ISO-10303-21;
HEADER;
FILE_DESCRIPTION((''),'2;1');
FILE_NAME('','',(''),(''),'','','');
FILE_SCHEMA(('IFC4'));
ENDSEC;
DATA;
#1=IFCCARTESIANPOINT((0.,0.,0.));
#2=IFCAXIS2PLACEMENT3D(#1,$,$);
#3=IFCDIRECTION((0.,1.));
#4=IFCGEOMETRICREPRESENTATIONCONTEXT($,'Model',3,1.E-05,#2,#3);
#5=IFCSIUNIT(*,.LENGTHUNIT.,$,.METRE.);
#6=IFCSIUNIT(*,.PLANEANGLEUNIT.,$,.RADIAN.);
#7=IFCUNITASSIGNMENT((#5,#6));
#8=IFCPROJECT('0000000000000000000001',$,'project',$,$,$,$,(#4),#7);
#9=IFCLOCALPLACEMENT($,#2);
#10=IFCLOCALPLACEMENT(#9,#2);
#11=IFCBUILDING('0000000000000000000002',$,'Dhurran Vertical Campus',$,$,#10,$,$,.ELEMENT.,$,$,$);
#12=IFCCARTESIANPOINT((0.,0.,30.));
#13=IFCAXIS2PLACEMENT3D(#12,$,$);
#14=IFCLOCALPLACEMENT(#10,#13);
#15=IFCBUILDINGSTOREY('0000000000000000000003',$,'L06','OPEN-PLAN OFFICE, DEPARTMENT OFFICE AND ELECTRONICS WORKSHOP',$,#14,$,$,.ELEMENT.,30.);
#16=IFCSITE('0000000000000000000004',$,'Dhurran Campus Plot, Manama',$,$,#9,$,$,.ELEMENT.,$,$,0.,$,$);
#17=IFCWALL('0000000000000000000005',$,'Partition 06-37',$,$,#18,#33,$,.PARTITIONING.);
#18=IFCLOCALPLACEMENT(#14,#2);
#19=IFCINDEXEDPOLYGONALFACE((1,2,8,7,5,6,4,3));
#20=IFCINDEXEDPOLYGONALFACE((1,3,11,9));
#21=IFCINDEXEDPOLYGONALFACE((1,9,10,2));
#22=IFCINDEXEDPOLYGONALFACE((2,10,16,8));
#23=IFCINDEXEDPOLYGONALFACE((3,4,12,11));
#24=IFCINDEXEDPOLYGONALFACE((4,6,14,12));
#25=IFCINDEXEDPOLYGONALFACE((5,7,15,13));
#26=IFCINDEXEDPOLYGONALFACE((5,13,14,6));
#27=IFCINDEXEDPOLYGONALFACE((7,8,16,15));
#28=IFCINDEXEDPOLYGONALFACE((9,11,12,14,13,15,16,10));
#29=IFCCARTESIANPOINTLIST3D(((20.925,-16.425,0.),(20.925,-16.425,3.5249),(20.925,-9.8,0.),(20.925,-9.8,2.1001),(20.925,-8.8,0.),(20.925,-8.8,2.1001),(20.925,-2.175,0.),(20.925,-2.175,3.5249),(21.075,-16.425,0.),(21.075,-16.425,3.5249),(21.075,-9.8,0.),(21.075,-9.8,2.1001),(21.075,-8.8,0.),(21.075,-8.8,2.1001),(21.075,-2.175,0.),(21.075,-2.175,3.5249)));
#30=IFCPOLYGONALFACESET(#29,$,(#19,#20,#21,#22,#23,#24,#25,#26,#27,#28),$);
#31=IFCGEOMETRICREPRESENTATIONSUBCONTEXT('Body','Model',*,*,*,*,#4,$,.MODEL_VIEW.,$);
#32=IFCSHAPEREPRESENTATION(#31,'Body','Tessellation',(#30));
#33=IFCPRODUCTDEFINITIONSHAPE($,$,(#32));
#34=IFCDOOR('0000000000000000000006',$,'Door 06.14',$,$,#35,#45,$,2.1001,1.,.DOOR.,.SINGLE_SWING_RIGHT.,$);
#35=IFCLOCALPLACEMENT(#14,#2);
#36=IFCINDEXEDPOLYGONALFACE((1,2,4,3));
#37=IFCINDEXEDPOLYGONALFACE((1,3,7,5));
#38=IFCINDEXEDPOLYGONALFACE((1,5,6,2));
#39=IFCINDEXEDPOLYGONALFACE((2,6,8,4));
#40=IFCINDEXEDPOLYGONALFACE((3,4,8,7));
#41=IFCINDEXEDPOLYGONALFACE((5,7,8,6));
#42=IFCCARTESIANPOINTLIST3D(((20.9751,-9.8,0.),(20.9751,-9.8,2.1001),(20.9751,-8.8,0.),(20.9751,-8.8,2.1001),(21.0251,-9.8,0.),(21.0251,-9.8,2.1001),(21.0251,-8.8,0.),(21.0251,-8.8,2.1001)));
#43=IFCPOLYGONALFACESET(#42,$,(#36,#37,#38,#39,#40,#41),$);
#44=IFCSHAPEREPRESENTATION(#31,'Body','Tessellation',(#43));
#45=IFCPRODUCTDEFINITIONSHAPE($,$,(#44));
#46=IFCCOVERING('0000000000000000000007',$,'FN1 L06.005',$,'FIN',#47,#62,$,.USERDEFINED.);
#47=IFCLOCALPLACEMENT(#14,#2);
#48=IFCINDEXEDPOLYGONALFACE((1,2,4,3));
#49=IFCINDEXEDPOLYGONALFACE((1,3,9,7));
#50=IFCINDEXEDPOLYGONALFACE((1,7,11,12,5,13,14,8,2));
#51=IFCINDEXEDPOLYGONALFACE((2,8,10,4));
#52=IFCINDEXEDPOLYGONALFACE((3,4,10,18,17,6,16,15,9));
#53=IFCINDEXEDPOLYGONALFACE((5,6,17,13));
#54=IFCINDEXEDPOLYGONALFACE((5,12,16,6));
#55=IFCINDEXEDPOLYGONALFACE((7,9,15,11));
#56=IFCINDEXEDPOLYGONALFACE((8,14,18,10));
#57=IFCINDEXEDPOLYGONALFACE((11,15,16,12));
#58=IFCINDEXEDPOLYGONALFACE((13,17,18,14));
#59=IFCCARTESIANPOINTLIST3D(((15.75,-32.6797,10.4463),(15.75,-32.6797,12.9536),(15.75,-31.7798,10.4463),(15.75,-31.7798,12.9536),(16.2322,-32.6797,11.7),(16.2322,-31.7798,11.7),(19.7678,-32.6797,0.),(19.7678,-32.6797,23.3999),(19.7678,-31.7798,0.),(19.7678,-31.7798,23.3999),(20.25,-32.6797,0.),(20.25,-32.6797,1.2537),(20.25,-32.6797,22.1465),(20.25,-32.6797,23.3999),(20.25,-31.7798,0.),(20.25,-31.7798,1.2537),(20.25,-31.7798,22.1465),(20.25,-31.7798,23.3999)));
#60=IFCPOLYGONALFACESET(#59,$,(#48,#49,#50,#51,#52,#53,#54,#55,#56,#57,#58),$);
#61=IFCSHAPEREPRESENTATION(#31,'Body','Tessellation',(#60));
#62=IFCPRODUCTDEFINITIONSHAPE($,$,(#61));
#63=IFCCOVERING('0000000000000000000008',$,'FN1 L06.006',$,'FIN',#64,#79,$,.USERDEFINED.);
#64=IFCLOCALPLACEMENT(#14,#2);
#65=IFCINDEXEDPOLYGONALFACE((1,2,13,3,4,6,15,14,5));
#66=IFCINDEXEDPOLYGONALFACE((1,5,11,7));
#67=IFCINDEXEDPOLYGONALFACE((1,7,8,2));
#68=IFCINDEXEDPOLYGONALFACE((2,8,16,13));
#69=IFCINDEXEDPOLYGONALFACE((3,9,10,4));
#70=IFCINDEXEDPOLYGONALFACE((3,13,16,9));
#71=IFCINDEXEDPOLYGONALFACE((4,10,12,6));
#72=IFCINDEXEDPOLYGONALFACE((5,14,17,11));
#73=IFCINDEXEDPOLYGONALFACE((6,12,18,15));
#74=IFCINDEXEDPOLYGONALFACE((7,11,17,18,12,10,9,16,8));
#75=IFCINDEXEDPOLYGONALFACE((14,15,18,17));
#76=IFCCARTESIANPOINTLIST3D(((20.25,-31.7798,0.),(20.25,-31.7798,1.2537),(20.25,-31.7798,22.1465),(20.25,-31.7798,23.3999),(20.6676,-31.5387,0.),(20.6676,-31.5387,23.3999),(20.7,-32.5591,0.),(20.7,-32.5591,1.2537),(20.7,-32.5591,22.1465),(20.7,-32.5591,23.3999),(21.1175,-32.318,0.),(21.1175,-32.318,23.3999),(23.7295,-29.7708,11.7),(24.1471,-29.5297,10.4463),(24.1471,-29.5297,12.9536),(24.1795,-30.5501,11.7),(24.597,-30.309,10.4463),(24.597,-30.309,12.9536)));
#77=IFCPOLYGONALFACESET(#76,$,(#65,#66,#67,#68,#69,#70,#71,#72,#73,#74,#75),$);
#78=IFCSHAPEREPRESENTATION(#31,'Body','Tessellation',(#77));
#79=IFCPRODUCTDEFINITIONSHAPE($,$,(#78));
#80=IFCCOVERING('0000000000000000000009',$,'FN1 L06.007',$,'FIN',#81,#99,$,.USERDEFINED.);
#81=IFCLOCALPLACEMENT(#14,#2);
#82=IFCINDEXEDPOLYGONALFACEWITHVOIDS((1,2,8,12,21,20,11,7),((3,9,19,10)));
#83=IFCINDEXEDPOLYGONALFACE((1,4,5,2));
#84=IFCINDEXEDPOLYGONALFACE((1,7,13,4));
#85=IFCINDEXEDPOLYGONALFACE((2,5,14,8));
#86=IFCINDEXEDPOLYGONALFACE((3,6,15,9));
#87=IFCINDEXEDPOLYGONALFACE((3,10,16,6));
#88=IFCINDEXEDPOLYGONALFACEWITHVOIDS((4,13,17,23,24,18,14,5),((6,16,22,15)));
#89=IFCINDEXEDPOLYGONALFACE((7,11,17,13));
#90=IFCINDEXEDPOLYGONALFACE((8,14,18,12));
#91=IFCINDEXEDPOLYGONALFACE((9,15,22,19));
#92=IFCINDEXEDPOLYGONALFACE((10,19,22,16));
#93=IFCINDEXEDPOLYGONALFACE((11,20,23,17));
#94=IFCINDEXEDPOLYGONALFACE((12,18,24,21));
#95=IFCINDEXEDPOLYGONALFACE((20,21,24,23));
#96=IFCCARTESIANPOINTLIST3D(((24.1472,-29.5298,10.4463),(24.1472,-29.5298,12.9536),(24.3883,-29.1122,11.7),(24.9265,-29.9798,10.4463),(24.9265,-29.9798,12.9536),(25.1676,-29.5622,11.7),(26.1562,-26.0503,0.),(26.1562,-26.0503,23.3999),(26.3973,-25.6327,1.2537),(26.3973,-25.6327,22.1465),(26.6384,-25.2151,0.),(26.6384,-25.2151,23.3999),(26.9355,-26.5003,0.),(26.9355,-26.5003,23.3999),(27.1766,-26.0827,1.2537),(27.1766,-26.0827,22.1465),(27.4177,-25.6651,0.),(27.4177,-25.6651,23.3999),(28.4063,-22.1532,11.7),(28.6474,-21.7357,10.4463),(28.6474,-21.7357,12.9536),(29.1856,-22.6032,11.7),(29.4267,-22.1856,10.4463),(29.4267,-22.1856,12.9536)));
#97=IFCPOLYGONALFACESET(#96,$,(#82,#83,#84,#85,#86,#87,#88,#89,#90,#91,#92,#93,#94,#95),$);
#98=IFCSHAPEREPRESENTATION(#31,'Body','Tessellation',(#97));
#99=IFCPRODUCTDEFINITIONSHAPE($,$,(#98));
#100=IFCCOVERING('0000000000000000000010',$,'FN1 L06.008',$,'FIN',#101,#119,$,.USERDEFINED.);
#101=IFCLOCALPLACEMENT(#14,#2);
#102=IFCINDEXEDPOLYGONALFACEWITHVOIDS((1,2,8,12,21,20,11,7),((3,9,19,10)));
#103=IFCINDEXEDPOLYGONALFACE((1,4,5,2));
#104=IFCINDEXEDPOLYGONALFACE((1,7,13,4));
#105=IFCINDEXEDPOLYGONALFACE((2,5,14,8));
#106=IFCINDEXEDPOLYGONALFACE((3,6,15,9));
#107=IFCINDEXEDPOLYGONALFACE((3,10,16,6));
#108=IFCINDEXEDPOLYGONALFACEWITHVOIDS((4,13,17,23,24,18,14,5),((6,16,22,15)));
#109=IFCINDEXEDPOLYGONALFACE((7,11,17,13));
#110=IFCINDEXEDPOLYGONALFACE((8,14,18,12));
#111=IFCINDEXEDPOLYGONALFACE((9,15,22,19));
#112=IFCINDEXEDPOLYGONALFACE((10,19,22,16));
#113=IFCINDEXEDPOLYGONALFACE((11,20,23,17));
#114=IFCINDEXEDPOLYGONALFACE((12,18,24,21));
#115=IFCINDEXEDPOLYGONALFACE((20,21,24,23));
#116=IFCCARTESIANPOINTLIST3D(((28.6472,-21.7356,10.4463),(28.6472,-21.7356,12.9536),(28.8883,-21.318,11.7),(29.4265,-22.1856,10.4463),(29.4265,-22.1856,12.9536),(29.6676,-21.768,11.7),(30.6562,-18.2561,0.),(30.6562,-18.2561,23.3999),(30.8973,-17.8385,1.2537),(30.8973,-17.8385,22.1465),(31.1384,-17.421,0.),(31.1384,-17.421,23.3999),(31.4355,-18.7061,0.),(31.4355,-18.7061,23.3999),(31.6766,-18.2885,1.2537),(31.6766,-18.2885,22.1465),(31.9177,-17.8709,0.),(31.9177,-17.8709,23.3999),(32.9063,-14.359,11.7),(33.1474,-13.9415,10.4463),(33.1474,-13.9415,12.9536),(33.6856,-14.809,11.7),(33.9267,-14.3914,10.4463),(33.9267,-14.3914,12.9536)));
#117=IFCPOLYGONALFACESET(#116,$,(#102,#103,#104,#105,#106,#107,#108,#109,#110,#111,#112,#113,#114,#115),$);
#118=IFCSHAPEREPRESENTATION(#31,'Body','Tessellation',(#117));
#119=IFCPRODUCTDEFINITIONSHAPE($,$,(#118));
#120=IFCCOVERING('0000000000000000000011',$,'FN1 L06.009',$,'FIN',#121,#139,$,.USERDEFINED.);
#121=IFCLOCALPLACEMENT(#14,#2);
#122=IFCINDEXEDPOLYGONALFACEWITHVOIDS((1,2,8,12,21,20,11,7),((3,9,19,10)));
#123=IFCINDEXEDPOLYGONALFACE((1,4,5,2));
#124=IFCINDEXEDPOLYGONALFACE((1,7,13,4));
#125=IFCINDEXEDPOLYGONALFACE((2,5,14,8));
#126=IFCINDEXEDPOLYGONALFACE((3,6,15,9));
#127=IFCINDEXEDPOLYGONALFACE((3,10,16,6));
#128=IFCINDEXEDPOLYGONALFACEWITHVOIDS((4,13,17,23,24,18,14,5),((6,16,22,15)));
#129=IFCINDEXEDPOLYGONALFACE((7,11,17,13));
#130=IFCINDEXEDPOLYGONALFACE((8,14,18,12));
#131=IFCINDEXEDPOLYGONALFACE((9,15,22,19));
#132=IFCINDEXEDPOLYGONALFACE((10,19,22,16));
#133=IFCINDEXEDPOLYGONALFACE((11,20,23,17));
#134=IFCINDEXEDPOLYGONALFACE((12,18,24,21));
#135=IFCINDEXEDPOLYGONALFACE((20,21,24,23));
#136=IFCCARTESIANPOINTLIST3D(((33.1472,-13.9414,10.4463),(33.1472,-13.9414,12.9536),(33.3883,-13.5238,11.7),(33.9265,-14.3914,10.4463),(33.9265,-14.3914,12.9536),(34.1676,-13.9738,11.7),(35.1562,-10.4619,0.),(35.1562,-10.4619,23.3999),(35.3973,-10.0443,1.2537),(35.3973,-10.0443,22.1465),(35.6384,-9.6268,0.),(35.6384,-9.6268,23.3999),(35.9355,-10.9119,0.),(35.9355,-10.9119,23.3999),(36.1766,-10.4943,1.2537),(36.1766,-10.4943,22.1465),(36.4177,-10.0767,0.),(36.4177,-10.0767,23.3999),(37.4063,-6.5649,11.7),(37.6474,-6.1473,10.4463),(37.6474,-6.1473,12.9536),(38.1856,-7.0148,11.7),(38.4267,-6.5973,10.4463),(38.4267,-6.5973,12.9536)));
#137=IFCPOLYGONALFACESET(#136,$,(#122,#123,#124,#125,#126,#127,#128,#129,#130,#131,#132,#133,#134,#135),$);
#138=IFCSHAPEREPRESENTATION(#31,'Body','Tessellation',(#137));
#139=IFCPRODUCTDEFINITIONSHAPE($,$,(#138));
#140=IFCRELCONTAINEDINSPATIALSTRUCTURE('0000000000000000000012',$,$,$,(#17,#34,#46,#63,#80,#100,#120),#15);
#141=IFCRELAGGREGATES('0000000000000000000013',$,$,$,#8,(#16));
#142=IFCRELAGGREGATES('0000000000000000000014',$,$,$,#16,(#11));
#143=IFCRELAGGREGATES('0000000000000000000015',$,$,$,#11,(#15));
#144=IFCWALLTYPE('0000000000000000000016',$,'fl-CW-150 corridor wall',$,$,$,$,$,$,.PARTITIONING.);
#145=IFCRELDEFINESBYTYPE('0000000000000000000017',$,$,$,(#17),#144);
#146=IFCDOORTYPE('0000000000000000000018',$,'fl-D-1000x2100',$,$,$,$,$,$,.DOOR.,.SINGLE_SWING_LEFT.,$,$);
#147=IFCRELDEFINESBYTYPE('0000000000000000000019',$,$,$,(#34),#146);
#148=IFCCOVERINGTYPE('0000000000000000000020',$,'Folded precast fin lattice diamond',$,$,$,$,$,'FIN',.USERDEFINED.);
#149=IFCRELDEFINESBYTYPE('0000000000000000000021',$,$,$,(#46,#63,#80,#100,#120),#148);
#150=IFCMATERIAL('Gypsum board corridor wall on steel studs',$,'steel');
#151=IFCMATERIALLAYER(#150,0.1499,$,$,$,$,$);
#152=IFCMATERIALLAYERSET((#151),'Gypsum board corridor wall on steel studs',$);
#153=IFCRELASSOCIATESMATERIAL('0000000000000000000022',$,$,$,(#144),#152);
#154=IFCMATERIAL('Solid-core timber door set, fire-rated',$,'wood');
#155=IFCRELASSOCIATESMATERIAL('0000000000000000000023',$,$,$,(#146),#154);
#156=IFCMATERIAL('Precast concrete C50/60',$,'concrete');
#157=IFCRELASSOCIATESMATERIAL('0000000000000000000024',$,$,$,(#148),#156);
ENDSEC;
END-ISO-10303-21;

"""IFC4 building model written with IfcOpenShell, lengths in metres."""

from ifc_helpers import new_model, si_unit, direction, frame, frame_2d, origin, place, context, subcontext, project, spatial, polyline, rectangle, outline, extrude, material, layer, layer_set, type_object, element, fill, save


model = new_model("IFC4")

# Units and contexts
model_context = context("Model", 3, precision=1e-05, world=origin(), true_north=direction((0.0, 1.0)))
body_context = subcontext(model_context, "Body", "Model", "MODEL_VIEW")
ifc_project = project(units=[si_unit("LENGTHUNIT", "METRE"), si_unit("PLANEANGLEUNIT", "RADIAN")], contexts=[model_context])

# Site, building, storey
site_placement = place(None, origin())
site = spatial("IfcSite", under=ifc_project, at=site_placement, Name="Dhurran Campus Plot, Manama", CompositionType="ELEMENT", RefElevation=0.0)
building_placement = place(site_placement, origin())
building = spatial("IfcBuilding", under=site, at=building_placement, Name="Dhurran Vertical Campus", CompositionType="ELEMENT")
storey_placement = place(building_placement, frame((0.0, 0.0, 30.0)))
storey = spatial("IfcBuildingStorey", under=building, at=storey_placement, Name="L06", Description="OPEN-PLAN OFFICE, DEPARTMENT OFFICE AND ELECTRONICS WORKSHOP", CompositionType="ELEMENT", Elevation=30.0)

# Wall, opening, door
ifc_material_1 = material(Name="Gypsum board corridor wall on steel studs", Category="steel")
ifc_layer_1 = layer(ifc_material_1, 0.1499)
ifc_layer_set_1 = layer_set([ifc_layer_1], Name="Gypsum board corridor wall on steel studs")
wall_type_1 = type_object("IfcWallType", Name="fl-CW-150 corridor wall", PredefinedType="PARTITIONING", material=ifc_layer_set_1)
wall_1_placement = place(storey_placement, frame((21.0, -16.425, 0.0), z_axis=(0.0, 0.0, 1.0), x_axis=(0.0, 1.0, 0.0)))
wall_1 = element("IfcWall", 1, at=wall_1_placement, inside=storey, type_object=wall_type_1, Name="Partition 06-37", PredefinedType="PARTITIONING", context=body_context, shape_type="SweptSolid", body=[
    extrude(rectangle(XDim=14.25, YDim=0.1499, at=frame_2d((7.125, 0.0))), origin(), (0.0, 0.0, 1.0), 3.5249),
])
opening_1_placement = place(wall_1_placement, frame((6.625, 0.0, 0.0)))
opening_1 = element("IfcOpeningElement", 2, at=opening_1_placement, cuts=wall_1, PredefinedType="OPENING", context=body_context, shape_type="SweptSolid", body=[
    extrude(rectangle(XDim=1.0, YDim=2.1001, at=frame_2d((0.5, 1.05))), frame((0.0, 0.085, 0.0), z_axis=(0.0, -1.0, 0.0), x_axis=(1.0, 0.0, 0.0)), (0.0, 0.0, 1.0), 0.1699),
])
ifc_material_2 = material(Name="Solid-core timber door set, fire-rated", Category="wood")
door_type = type_object("IfcDoorType", Name="fl-D-1000x2100", OperationType="SINGLE_SWING_LEFT", PredefinedType="DOOR", material=ifc_material_2)
door_placement = place(opening_1_placement, origin())
door = element("IfcDoor", 3, at=door_placement, inside=storey, type_object=door_type, Name="Door 06.14", OperationType="SINGLE_SWING_RIGHT", OverallHeight=2.1001, OverallWidth=1.0, PredefinedType="DOOR", context=body_context, shape_type="SweptSolid", body=[
    extrude(rectangle(XDim=1.0, YDim=2.1001, at=frame_2d((0.5, 1.05))), frame((0.0, 0.0249, 0.0), z_axis=(0.0, -1.0, 0.0), x_axis=(1.0, 0.0, 0.0)), (0.0, 0.0, 1.0), 0.05),
])
fill(opening_1, door)

# Coverings
ifc_material_3 = material(Name="Precast concrete C50/60", Category="concrete")
covering_type = type_object("IfcCoveringType", Name="Folded precast fin lattice diamond", ElementType="FIN", PredefinedType="USERDEFINED", material=ifc_material_3)
covering_1_placement = place(storey_placement, frame((15.75, -31.7798, 0.0), z_axis=(0.0, -1.0, 0.0), x_axis=(1.0, 0.0, 0.0)))
element("IfcCovering", 4, at=covering_1_placement, inside=storey, type_object=covering_type, Name="FN1 L06.005", ObjectType="FIN", PredefinedType="USERDEFINED", context=body_context, shape_type="SweptSolid", body=[
    extrude(outline(polyline([(4.0178, 0.0), (0.0, 10.4463), (0.0, 12.9536), (4.0178, 23.3999), (4.5, 23.3999), (4.5, 22.1465), (0.4822, 11.7), (4.5, 1.2537), (4.5, 0.0), (4.0178, 0.0)])), origin(), (0.0, 0.0, 1.0), 0.8999),
])
covering_2_placement = place(storey_placement, frame((20.25, -31.7798, 0.0), z_axis=(0.50002, -0.866014, 0.0), x_axis=(0.866014, 0.50002, 0.0)))
element("IfcCovering", 5, at=covering_2_placement, inside=storey, type_object=covering_type, Name="FN1 L06.006", ObjectType="FIN", PredefinedType="USERDEFINED", context=body_context, shape_type="SweptSolid", body=[
    extrude(outline(polyline([(4.5, 10.4463), (0.4822, 0.0), (0.0, 0.0), (0.0, 1.2537), (4.0178, 11.7), (0.0, 22.1465), (0.0, 23.3999), (0.4822, 23.3999), (4.5, 12.9536), (4.5, 10.4463)])), origin(), (0.0, 0.0, 1.0), 0.8999),
])
for number, where, z_axis, x_axis, name in (
    (6, (24.1472, -29.5298, 0.0), (0.866014, -0.50002, 0.0), (0.50002, 0.866014, 0.0), "FN1 L06.007"),
    (7, (28.6472, -21.7356, 0.0), (0.866014, -0.50002, 0.0), (0.50002, 0.866014, 0.0), "FN1 L06.008"),
    (8, (33.1472, -13.9414, 0.0), (0.866014, -0.50002, 0.0), (0.50002, 0.866014, 0.0), "FN1 L06.009"),
):
    element("IfcCovering", number, at=place(storey_placement, frame(where, z_axis=z_axis, x_axis=x_axis)), inside=storey, type_object=covering_type, Name=name, ObjectType="FIN", PredefinedType="USERDEFINED", context=body_context, shape_type="SweptSolid", body=[
        extrude(outline(polyline([(9.0, 12.9536), (9.0, 10.4463), (4.9822, 0.0), (4.0178, 0.0), (0.0, 10.4463), (0.0, 12.9536), (4.0178, 23.3999), (4.9822, 23.3999), (9.0, 12.9536)]), holes=[polyline([(8.5178, 11.7), (4.5, 22.1465), (0.4822, 11.7), (4.5, 1.2537), (8.5178, 11.7)])]), origin(), (0.0, 0.0, 1.0), 0.8999),
    ])

save(model, "model.ifc")
